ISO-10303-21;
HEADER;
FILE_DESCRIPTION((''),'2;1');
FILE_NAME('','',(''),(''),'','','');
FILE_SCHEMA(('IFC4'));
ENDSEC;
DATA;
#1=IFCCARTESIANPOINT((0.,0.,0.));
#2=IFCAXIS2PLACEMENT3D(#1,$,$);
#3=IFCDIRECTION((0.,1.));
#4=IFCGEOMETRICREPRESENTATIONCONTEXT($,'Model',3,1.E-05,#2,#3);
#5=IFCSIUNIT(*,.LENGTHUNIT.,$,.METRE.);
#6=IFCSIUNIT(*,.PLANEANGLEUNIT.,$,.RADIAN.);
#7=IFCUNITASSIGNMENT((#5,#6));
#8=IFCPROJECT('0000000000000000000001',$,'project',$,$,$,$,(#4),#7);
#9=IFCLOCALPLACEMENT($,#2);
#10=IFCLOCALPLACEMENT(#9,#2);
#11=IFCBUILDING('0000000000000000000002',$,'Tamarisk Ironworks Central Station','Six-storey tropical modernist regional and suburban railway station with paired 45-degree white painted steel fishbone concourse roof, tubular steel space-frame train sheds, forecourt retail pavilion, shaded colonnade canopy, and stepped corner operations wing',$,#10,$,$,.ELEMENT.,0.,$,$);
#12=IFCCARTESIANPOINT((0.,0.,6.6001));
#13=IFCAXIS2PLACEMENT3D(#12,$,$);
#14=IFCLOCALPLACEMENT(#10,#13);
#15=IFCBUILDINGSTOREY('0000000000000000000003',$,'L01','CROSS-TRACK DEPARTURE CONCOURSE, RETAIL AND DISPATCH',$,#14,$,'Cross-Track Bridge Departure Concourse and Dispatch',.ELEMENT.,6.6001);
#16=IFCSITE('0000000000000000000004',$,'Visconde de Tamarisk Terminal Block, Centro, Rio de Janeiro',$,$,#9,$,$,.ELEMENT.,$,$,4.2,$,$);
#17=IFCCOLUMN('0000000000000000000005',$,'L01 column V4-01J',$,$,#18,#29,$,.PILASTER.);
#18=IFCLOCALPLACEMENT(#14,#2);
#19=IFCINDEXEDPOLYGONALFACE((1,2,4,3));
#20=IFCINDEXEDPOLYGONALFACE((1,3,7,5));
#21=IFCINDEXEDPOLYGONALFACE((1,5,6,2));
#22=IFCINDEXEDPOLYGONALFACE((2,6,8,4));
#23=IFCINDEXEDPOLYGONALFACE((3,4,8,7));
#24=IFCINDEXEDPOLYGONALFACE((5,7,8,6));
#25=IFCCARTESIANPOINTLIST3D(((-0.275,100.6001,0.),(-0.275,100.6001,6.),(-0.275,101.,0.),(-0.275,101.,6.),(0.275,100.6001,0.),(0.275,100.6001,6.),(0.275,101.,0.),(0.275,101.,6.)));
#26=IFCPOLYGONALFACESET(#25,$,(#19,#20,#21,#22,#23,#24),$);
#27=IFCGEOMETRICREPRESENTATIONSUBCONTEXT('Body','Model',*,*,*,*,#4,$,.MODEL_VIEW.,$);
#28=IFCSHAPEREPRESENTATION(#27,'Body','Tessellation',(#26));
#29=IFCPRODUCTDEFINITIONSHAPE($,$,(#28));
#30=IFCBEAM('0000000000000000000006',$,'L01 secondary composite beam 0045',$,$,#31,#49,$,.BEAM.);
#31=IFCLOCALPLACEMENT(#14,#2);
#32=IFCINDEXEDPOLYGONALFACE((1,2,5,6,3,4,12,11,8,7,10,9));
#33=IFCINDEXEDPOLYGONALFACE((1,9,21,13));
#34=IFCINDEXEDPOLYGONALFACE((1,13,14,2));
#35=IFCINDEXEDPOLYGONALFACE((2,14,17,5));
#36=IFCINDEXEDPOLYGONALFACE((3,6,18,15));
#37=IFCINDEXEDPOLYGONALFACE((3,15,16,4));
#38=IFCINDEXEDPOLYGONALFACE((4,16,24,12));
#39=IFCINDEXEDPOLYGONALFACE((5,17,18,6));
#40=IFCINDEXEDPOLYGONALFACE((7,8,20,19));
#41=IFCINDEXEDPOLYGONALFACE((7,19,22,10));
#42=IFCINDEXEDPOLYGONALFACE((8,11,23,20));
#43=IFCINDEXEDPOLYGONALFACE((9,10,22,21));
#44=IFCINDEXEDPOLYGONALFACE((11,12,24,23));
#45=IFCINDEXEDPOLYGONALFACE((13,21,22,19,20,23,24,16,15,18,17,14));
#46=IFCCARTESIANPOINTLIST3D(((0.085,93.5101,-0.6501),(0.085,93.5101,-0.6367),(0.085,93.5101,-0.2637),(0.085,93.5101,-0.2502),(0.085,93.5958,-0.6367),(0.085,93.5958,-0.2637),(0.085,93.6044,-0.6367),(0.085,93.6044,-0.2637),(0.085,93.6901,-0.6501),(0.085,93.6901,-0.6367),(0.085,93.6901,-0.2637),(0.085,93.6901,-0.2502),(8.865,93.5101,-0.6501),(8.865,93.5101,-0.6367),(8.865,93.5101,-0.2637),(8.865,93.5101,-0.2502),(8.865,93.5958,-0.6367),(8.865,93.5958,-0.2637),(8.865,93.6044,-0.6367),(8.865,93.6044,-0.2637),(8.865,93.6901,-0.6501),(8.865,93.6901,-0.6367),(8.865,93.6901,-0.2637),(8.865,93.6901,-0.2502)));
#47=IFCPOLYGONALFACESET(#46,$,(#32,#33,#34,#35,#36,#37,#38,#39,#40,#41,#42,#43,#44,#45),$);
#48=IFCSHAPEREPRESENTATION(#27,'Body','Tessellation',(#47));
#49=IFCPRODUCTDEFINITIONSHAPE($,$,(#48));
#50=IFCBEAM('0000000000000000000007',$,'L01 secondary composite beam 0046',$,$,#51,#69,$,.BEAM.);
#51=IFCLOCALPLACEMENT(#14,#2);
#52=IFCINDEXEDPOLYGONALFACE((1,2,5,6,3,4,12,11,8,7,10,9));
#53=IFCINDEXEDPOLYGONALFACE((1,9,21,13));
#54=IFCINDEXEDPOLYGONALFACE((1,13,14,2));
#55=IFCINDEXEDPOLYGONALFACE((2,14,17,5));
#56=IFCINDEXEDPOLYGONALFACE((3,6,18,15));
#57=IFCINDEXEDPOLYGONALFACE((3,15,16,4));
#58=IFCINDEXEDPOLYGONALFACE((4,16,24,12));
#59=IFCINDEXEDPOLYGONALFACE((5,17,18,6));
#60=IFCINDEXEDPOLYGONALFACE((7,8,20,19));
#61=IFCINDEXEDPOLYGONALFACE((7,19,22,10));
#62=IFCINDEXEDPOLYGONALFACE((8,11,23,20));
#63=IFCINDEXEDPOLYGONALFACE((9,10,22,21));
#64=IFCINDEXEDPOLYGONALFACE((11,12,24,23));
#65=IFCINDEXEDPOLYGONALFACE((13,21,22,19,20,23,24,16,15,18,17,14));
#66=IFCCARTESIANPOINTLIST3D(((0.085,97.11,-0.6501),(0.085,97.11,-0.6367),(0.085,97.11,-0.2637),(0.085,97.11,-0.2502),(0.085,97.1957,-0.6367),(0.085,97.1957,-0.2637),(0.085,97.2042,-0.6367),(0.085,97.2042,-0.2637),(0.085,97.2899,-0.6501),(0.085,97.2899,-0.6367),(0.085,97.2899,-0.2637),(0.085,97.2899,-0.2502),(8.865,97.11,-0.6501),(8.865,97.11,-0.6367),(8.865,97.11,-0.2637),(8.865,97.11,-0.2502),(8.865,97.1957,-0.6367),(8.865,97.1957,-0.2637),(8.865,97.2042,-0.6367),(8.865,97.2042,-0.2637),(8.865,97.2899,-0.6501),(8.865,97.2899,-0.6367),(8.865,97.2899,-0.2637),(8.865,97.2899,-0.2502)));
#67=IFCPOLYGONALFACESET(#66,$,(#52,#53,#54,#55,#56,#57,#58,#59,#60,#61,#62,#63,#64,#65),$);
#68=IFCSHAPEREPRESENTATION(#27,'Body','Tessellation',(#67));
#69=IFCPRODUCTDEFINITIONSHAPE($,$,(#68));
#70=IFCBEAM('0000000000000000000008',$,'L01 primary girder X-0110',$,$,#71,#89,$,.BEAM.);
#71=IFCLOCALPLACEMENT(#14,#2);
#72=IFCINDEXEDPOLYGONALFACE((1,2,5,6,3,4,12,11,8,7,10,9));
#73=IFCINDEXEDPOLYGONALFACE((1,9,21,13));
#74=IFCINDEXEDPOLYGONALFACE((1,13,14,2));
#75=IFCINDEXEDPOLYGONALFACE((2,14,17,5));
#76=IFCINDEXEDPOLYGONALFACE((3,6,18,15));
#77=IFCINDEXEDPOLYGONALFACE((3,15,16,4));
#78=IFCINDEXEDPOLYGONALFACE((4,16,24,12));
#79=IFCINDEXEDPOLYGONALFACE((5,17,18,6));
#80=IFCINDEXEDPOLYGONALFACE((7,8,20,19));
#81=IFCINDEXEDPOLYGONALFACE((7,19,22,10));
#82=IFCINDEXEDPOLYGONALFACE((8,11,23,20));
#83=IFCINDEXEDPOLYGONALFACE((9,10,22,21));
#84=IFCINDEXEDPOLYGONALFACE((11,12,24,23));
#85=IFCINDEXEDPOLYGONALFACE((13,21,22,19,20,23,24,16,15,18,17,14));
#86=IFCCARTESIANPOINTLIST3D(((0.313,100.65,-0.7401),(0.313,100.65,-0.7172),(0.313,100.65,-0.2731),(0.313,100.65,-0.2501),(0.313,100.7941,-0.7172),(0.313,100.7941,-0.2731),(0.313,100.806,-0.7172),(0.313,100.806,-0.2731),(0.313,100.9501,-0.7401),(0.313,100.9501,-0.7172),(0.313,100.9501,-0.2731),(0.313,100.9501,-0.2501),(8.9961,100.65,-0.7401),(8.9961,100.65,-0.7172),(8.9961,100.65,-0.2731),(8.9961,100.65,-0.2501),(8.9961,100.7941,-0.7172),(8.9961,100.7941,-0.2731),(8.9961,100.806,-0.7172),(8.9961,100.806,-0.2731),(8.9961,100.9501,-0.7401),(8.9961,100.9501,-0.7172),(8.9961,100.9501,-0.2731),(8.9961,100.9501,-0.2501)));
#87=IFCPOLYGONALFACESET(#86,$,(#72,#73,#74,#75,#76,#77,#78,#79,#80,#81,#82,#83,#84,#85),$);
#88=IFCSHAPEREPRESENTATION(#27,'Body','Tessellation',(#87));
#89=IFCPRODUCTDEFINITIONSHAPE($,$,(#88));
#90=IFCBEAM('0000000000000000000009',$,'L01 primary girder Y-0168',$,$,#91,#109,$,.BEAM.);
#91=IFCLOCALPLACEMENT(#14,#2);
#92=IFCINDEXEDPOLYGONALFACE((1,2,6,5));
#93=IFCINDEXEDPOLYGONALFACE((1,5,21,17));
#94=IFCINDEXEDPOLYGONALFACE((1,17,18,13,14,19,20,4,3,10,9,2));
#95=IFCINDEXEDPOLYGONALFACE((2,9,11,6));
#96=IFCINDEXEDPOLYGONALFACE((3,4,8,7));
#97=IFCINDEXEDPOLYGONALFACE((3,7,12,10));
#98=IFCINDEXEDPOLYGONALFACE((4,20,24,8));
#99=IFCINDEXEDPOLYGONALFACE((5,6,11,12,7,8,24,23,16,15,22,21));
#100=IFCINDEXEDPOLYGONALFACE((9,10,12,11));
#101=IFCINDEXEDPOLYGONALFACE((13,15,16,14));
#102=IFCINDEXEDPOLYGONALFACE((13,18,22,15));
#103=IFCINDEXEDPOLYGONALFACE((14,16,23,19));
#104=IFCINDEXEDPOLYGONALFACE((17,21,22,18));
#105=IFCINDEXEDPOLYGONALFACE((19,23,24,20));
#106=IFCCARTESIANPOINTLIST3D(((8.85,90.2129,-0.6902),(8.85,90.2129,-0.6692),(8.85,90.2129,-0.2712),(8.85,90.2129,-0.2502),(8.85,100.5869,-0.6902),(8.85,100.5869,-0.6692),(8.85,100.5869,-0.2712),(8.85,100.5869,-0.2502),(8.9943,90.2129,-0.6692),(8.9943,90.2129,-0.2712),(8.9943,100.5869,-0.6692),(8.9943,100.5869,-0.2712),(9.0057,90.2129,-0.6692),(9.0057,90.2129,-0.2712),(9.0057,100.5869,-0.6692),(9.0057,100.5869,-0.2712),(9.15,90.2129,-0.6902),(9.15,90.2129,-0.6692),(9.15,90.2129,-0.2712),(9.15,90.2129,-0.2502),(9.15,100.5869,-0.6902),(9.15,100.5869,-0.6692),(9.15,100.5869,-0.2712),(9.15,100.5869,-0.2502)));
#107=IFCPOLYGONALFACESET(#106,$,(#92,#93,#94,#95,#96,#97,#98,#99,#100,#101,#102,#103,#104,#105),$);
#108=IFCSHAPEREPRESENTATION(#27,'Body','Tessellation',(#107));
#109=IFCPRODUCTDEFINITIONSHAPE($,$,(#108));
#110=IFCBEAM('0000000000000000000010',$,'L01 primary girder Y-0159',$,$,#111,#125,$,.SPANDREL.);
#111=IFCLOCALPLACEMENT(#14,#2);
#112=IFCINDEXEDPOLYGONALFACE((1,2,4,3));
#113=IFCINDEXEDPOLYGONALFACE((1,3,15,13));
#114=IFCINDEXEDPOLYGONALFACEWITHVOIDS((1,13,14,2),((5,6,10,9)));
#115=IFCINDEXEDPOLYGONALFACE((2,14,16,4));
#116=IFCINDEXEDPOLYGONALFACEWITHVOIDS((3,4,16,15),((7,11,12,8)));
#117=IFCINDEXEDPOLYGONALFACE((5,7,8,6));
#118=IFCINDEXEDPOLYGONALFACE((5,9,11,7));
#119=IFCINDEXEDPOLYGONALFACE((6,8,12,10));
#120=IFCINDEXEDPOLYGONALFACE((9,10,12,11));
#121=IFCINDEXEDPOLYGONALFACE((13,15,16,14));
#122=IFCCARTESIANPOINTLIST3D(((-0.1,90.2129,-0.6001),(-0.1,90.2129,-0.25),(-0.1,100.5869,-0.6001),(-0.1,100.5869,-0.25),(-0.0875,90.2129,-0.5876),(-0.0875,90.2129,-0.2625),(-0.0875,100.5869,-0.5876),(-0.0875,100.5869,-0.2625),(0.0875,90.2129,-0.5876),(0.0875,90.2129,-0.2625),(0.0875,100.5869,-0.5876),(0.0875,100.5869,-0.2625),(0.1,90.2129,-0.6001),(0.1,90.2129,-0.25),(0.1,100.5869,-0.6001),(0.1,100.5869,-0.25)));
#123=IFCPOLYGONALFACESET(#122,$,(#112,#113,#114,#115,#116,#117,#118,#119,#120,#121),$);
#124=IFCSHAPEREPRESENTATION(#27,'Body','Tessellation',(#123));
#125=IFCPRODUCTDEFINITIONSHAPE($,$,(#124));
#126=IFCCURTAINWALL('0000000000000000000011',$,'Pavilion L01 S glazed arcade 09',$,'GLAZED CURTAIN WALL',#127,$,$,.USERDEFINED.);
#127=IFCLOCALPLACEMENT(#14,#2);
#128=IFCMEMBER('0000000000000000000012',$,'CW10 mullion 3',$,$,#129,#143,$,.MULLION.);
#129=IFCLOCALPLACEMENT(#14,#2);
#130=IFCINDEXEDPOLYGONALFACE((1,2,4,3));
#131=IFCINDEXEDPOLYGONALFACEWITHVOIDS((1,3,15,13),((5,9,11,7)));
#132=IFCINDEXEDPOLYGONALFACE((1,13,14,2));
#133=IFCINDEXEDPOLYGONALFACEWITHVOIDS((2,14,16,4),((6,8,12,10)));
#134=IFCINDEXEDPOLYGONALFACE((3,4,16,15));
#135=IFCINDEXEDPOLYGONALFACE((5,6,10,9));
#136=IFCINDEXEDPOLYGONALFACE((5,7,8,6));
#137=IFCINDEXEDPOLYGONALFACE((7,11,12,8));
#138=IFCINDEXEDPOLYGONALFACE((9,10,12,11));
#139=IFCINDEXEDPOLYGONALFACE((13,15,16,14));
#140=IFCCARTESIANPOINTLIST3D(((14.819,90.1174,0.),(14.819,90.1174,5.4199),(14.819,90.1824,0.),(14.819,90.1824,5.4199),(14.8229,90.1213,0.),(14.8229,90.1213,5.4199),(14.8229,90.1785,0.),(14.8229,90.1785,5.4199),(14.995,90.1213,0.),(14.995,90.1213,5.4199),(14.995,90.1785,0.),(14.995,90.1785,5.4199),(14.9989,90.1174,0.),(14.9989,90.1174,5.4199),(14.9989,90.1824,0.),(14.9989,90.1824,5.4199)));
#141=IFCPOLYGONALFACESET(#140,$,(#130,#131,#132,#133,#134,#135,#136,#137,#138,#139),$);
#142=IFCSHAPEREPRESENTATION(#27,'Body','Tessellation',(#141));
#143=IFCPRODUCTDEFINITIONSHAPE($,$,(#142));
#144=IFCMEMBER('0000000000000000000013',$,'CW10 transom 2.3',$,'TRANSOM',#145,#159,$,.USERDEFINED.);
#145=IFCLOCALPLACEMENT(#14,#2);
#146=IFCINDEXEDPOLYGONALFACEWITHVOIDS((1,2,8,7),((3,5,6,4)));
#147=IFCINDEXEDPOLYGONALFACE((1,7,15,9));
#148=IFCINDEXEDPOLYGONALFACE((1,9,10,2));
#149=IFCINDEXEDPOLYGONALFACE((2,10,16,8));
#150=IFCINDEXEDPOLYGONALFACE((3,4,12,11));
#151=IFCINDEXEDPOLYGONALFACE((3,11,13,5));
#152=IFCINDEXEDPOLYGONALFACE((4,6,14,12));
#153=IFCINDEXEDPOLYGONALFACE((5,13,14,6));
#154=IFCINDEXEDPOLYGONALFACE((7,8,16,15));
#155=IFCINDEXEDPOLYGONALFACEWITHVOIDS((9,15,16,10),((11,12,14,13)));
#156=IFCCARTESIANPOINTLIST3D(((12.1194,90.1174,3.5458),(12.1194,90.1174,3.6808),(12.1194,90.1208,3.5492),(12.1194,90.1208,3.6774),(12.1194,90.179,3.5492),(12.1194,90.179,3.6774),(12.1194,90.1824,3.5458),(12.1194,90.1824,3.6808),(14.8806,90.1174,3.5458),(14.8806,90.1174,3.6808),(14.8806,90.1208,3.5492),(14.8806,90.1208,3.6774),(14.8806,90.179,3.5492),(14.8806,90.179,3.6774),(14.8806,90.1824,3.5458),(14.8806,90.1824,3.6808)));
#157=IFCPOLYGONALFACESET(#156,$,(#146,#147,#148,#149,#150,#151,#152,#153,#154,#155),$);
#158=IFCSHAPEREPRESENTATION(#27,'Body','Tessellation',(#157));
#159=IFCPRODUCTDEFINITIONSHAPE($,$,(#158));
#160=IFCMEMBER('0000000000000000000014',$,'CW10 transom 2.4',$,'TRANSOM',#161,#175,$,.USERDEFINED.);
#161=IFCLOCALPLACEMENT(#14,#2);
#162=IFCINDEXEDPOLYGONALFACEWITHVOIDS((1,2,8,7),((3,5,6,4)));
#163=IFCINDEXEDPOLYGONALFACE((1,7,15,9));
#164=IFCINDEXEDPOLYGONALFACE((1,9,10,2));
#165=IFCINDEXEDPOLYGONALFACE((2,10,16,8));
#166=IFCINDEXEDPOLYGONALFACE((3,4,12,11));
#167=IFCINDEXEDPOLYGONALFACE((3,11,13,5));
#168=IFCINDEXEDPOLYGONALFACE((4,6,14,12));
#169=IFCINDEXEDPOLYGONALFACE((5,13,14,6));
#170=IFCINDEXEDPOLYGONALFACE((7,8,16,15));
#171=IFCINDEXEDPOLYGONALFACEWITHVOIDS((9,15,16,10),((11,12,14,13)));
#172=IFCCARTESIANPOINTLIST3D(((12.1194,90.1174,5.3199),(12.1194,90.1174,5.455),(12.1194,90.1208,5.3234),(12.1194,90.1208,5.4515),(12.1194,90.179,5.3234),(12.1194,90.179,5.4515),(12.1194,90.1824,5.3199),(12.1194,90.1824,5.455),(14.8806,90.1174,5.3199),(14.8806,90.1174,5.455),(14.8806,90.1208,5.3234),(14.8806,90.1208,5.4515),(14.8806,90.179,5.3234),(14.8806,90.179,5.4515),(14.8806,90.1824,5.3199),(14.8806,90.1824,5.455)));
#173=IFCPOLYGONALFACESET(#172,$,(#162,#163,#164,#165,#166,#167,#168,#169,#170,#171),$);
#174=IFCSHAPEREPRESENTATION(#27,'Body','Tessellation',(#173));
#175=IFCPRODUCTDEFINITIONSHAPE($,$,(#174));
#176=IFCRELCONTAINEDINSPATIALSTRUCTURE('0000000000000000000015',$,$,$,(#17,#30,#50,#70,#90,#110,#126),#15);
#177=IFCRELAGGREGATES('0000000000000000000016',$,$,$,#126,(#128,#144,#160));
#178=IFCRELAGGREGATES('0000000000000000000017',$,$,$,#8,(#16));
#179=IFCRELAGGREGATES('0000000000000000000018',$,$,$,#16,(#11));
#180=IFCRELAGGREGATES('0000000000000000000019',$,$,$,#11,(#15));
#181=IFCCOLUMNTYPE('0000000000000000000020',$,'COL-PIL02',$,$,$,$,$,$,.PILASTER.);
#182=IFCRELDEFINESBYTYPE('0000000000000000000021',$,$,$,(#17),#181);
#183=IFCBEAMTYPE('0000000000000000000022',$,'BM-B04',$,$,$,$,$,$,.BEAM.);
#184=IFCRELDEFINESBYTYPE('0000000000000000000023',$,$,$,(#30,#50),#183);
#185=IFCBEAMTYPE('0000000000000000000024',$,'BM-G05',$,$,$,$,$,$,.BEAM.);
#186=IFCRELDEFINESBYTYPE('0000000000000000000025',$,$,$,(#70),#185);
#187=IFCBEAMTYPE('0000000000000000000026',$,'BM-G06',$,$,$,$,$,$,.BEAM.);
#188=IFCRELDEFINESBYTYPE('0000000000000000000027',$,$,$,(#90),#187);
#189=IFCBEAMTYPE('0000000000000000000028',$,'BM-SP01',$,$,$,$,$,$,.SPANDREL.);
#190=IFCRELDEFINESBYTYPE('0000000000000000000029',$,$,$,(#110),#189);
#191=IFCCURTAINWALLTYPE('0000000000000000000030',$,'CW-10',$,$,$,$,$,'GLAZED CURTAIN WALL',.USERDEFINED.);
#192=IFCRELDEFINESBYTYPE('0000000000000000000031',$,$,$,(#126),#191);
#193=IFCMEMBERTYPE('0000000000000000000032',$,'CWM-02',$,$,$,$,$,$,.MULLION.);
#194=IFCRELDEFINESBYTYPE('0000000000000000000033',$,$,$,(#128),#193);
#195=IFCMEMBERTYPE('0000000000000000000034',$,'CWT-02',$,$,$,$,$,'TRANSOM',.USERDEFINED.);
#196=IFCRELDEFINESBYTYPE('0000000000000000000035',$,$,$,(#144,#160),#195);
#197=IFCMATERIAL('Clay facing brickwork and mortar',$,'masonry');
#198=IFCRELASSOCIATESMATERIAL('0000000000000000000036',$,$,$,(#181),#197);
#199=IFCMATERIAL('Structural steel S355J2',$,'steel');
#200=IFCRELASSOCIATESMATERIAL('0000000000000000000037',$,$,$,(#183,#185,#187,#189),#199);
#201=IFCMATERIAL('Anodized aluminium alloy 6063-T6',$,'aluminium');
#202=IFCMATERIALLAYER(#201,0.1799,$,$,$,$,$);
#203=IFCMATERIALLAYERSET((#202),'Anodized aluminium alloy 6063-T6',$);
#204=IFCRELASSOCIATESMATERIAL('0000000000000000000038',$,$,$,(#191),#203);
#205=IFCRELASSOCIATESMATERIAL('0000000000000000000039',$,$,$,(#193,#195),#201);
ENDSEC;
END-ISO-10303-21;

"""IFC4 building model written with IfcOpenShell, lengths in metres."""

from ifc_helpers import new_model, si_unit, direction, frame, origin, origin_2d, place, context, subcontext, project, spatial, rectangle, hollow_rectangle, i_section, extrude, material, layer, layer_set, material_profile, profile_set, type_object, element, aggregate, save


model = new_model("IFC4")

# Units and contexts
model_context = context("Model", 3, precision=1e-05, world=origin(), true_north=direction((0.0, 1.0)))
body_context = subcontext(model_context, "Body", "Model", "MODEL_VIEW")
ifc_project = project(units=[si_unit("LENGTHUNIT", "METRE"), si_unit("PLANEANGLEUNIT", "RADIAN")], contexts=[model_context])

# Site, building, storey
site_placement = place(None, origin())
site = spatial("IfcSite", under=ifc_project, at=site_placement, Name="Visconde de Tamarisk Terminal Block, Centro, Rio de Janeiro", CompositionType="ELEMENT", RefElevation=4.2)
building_placement = place(site_placement, origin())
building = spatial("IfcBuilding", under=site, at=building_placement, Name="Tamarisk Ironworks Central Station", Description="Six-storey tropical modernist regional and suburban railway station with paired 45-degree white painted steel fishbone concourse roof, tubular steel space-frame train sheds, forecourt retail pavilion, shaded colonnade canopy, and stepped corner operations wing", CompositionType="ELEMENT", ElevationOfRefHeight=0.0)
storey_placement = place(building_placement, frame((0.0, 0.0, 6.6001)))
storey = spatial("IfcBuildingStorey", under=building, at=storey_placement, Name="L01", Description="CROSS-TRACK DEPARTURE CONCOURSE, RETAIL AND DISPATCH", LongName="Cross-Track Bridge Departure Concourse and Dispatch", CompositionType="ELEMENT", Elevation=6.6001)

# Column
ifc_material_1 = material(Name="Clay facing brickwork and mortar", Category="masonry")
ifc_material_profile_1 = material_profile(ifc_material_1, rectangle(XDim=0.55, YDim=0.3999, at=origin_2d()), Name="PIL 550x400")
ifc_profile_set_1 = profile_set([ifc_material_profile_1], Name="Clay facing brickwork and mortar")
column_type = type_object("IfcColumnType", Name="COL-PIL02", PredefinedType="PILASTER", material=ifc_profile_set_1)
column_placement = place(storey_placement, frame((0.0, 100.8, 0.0), z_axis=(0.0, 0.0, 1.0), x_axis=(1.0, 0.0, 0.0)))
element("IfcColumn", 1, at=column_placement, inside=storey, type_object=column_type, Name="L01 column V4-01J", PredefinedType="PILASTER", context=body_context, shape_type="SweptSolid", body=[
    extrude(rectangle(XDim=0.55, YDim=0.3999, at=origin_2d()), origin(), (0.0, 0.0, 1.0), 6.0),
])

# Beams
ifc_material_2 = material(Name="Structural steel S355J2", Category="steel")
ifc_material_profile_2 = material_profile(ifc_material_2, i_section(OverallWidth=0.1799, OverallDepth=0.3999, WebThickness=0.0085, FlangeThickness=0.0134, at=origin_2d()), Name="IPE 400")
ifc_profile_set_2 = profile_set([ifc_material_profile_2], Name="Structural steel S355J2")
beam_type_1 = type_object("IfcBeamType", Name="BM-B04", PredefinedType="BEAM", material=ifc_profile_set_2)
for number, where, z_axis, x_axis, name in (
    (2, (0.085, 93.6001, -0.4502), (1.0, 0.0, 0.0), (0.0, 1.0, 0.0), "L01 secondary composite beam 0045"),
    (3, (0.085, 97.2, -0.4502), (1.0, 0.0, 0.0), (0.0, 1.0, 0.0), "L01 secondary composite beam 0046"),
):
    element("IfcBeam", number, at=place(storey_placement, frame(where, z_axis=z_axis, x_axis=x_axis)), inside=storey, type_object=beam_type_1, Name=name, PredefinedType="BEAM", context=body_context, shape_type="SweptSolid", body=[
        extrude(i_section(OverallWidth=0.1799, OverallDepth=0.3999, WebThickness=0.0085, FlangeThickness=0.0134, at=origin_2d()), origin(), (0.0, 0.0, 1.0), 8.78),
    ])
ifc_material_profile_3 = material_profile(ifc_material_2, i_section(OverallWidth=0.3, OverallDepth=0.49, WebThickness=0.012, FlangeThickness=0.0229, at=origin_2d()), Name="HEA 500")
ifc_profile_set_3 = profile_set([ifc_material_profile_3], Name="Structural steel S355J2")
beam_type_2 = type_object("IfcBeamType", Name="BM-G05", PredefinedType="BEAM", material=ifc_profile_set_3)
beam_1_placement = place(storey_placement, frame((0.313, 100.8, -0.4951), z_axis=(1.0, 0.0, 0.0), x_axis=(0.0, 1.0, 0.0)))
element("IfcBeam", 4, at=beam_1_placement, inside=storey, type_object=beam_type_2, Name="L01 primary girder X-0110", PredefinedType="BEAM", context=body_context, shape_type="SweptSolid", body=[
    extrude(i_section(OverallWidth=0.3, OverallDepth=0.49, WebThickness=0.012, FlangeThickness=0.0229, at=origin_2d()), origin(), (0.0, 0.0, 1.0), 8.6831),
])
ifc_material_profile_4 = material_profile(ifc_material_2, i_section(OverallWidth=0.3, OverallDepth=0.4399, WebThickness=0.0115, FlangeThickness=0.021, at=origin_2d()), Name="HEA 450")
ifc_profile_set_4 = profile_set([ifc_material_profile_4], Name="Structural steel S355J2")
beam_type_3 = type_object("IfcBeamType", Name="BM-G06", PredefinedType="BEAM", material=ifc_profile_set_4)
beam_2_placement = place(storey_placement, frame((9.0, 90.2129, -0.4702), z_axis=(0.0, 1.0, 0.0), x_axis=(-1.0, 0.0, 0.0)))
element("IfcBeam", 5, at=beam_2_placement, inside=storey, type_object=beam_type_3, Name="L01 primary girder Y-0168", PredefinedType="BEAM", context=body_context, shape_type="SweptSolid", body=[
    extrude(i_section(OverallWidth=0.3, OverallDepth=0.4399, WebThickness=0.0115, FlangeThickness=0.021, at=origin_2d()), origin(), (0.0, 0.0, 1.0), 10.374),
])
ifc_material_profile_5 = material_profile(ifc_material_2, hollow_rectangle(XDim=0.2, YDim=0.3501, WallThickness=0.0125, at=origin_2d()), Name="RHS 350x200x12.5")
ifc_profile_set_5 = profile_set([ifc_material_profile_5], Name="Structural steel S355J2")
beam_type_4 = type_object("IfcBeamType", Name="BM-SP01", PredefinedType="SPANDREL", material=ifc_profile_set_5)
beam_3_placement = place(storey_placement, frame((0.0, 90.2129, -0.425), z_axis=(0.0, 1.0, 0.0), x_axis=(-1.0, 0.0, 0.0)))
element("IfcBeam", 6, at=beam_3_placement, inside=storey, type_object=beam_type_4, Name="L01 primary girder Y-0159", PredefinedType="SPANDREL", context=body_context, shape_type="SweptSolid", body=[
    extrude(hollow_rectangle(XDim=0.2, YDim=0.3501, WallThickness=0.0125, at=origin_2d()), origin(), (0.0, 0.0, 1.0), 10.374),
])

# Curtain wall, members
ifc_material_3 = material(Name="Anodized aluminium alloy 6063-T6", Category="aluminium")
ifc_layer_1 = layer(ifc_material_3, 0.1799)
ifc_layer_set_1 = layer_set([ifc_layer_1], Name="Anodized aluminium alloy 6063-T6")
curtain_wall_type = type_object("IfcCurtainWallType", Name="CW-10", ElementType="GLAZED CURTAIN WALL", PredefinedType="USERDEFINED", material=ifc_layer_set_1)
curtain_wall_placement = place(storey_placement, origin())
curtain_wall = element("IfcCurtainWall", 7, at=curtain_wall_placement, inside=storey, type_object=curtain_wall_type, Name="Pavilion L01 S glazed arcade 09", ObjectType="GLAZED CURTAIN WALL", PredefinedType="USERDEFINED")
ifc_material_profile_6 = material_profile(ifc_material_3, hollow_rectangle(XDim=0.0649, YDim=0.1799, WallThickness=0.0039, at=origin_2d()), Name="ALUM 180x65")
ifc_profile_set_6 = profile_set([ifc_material_profile_6], Name="Anodized aluminium alloy 6063-T6")
member_type_1 = type_object("IfcMemberType", Name="CWM-02", PredefinedType="MULLION", material=ifc_profile_set_6)
member_1_placement = place(storey_placement, frame((14.9089, 90.1499, 0.0), z_axis=(0.0, 0.0, 1.0), x_axis=(0.0, 1.0, 0.0)))
member_1 = element("IfcMember", 8, at=member_1_placement, type_object=member_type_1, Name="CW10 mullion 3", PredefinedType="MULLION", context=body_context, shape_type="SweptSolid", body=[
    extrude(hollow_rectangle(XDim=0.0649, YDim=0.1799, WallThickness=0.0039, at=origin_2d()), origin(), (0.0, 0.0, 1.0), 5.4199),
])
ifc_material_profile_7 = material_profile(ifc_material_3, hollow_rectangle(XDim=0.0649, YDim=0.135, WallThickness=0.0034, at=origin_2d()), Name="ALUM 135x65")
ifc_profile_set_7 = profile_set([ifc_material_profile_7], Name="Anodized aluminium alloy 6063-T6")
member_type_2 = type_object("IfcMemberType", Name="CWT-02", ElementType="TRANSOM", PredefinedType="USERDEFINED", material=ifc_profile_set_7)
member_2_placement = place(storey_placement, frame((12.1194, 90.1499, 3.6133), z_axis=(1.0, 0.0, 0.0), x_axis=(0.0, 1.0, 0.0)))
member_2 = element("IfcMember", 9, at=member_2_placement, type_object=member_type_2, Name="CW10 transom 2.3", ObjectType="TRANSOM", PredefinedType="USERDEFINED", context=body_context, shape_type="SweptSolid", body=[
    extrude(hollow_rectangle(XDim=0.0649, YDim=0.135, WallThickness=0.0034, at=origin_2d()), origin(), (0.0, 0.0, 1.0), 2.7612),
])
member_3_placement = place(storey_placement, frame((12.1194, 90.1499, 5.3875), z_axis=(1.0, 0.0, 0.0), x_axis=(0.0, 1.0, 0.0)))
member_3 = element("IfcMember", 10, at=member_3_placement, type_object=member_type_2, Name="CW10 transom 2.4", ObjectType="TRANSOM", PredefinedType="USERDEFINED", context=body_context, shape_type="SweptSolid", body=[
    extrude(hollow_rectangle(XDim=0.0649, YDim=0.135, WallThickness=0.0034, at=origin_2d()), origin(), (0.0, 0.0, 1.0), 2.7612),
])
aggregate(curtain_wall, [member_1, member_2, member_3])

save(model, "model.ifc")
